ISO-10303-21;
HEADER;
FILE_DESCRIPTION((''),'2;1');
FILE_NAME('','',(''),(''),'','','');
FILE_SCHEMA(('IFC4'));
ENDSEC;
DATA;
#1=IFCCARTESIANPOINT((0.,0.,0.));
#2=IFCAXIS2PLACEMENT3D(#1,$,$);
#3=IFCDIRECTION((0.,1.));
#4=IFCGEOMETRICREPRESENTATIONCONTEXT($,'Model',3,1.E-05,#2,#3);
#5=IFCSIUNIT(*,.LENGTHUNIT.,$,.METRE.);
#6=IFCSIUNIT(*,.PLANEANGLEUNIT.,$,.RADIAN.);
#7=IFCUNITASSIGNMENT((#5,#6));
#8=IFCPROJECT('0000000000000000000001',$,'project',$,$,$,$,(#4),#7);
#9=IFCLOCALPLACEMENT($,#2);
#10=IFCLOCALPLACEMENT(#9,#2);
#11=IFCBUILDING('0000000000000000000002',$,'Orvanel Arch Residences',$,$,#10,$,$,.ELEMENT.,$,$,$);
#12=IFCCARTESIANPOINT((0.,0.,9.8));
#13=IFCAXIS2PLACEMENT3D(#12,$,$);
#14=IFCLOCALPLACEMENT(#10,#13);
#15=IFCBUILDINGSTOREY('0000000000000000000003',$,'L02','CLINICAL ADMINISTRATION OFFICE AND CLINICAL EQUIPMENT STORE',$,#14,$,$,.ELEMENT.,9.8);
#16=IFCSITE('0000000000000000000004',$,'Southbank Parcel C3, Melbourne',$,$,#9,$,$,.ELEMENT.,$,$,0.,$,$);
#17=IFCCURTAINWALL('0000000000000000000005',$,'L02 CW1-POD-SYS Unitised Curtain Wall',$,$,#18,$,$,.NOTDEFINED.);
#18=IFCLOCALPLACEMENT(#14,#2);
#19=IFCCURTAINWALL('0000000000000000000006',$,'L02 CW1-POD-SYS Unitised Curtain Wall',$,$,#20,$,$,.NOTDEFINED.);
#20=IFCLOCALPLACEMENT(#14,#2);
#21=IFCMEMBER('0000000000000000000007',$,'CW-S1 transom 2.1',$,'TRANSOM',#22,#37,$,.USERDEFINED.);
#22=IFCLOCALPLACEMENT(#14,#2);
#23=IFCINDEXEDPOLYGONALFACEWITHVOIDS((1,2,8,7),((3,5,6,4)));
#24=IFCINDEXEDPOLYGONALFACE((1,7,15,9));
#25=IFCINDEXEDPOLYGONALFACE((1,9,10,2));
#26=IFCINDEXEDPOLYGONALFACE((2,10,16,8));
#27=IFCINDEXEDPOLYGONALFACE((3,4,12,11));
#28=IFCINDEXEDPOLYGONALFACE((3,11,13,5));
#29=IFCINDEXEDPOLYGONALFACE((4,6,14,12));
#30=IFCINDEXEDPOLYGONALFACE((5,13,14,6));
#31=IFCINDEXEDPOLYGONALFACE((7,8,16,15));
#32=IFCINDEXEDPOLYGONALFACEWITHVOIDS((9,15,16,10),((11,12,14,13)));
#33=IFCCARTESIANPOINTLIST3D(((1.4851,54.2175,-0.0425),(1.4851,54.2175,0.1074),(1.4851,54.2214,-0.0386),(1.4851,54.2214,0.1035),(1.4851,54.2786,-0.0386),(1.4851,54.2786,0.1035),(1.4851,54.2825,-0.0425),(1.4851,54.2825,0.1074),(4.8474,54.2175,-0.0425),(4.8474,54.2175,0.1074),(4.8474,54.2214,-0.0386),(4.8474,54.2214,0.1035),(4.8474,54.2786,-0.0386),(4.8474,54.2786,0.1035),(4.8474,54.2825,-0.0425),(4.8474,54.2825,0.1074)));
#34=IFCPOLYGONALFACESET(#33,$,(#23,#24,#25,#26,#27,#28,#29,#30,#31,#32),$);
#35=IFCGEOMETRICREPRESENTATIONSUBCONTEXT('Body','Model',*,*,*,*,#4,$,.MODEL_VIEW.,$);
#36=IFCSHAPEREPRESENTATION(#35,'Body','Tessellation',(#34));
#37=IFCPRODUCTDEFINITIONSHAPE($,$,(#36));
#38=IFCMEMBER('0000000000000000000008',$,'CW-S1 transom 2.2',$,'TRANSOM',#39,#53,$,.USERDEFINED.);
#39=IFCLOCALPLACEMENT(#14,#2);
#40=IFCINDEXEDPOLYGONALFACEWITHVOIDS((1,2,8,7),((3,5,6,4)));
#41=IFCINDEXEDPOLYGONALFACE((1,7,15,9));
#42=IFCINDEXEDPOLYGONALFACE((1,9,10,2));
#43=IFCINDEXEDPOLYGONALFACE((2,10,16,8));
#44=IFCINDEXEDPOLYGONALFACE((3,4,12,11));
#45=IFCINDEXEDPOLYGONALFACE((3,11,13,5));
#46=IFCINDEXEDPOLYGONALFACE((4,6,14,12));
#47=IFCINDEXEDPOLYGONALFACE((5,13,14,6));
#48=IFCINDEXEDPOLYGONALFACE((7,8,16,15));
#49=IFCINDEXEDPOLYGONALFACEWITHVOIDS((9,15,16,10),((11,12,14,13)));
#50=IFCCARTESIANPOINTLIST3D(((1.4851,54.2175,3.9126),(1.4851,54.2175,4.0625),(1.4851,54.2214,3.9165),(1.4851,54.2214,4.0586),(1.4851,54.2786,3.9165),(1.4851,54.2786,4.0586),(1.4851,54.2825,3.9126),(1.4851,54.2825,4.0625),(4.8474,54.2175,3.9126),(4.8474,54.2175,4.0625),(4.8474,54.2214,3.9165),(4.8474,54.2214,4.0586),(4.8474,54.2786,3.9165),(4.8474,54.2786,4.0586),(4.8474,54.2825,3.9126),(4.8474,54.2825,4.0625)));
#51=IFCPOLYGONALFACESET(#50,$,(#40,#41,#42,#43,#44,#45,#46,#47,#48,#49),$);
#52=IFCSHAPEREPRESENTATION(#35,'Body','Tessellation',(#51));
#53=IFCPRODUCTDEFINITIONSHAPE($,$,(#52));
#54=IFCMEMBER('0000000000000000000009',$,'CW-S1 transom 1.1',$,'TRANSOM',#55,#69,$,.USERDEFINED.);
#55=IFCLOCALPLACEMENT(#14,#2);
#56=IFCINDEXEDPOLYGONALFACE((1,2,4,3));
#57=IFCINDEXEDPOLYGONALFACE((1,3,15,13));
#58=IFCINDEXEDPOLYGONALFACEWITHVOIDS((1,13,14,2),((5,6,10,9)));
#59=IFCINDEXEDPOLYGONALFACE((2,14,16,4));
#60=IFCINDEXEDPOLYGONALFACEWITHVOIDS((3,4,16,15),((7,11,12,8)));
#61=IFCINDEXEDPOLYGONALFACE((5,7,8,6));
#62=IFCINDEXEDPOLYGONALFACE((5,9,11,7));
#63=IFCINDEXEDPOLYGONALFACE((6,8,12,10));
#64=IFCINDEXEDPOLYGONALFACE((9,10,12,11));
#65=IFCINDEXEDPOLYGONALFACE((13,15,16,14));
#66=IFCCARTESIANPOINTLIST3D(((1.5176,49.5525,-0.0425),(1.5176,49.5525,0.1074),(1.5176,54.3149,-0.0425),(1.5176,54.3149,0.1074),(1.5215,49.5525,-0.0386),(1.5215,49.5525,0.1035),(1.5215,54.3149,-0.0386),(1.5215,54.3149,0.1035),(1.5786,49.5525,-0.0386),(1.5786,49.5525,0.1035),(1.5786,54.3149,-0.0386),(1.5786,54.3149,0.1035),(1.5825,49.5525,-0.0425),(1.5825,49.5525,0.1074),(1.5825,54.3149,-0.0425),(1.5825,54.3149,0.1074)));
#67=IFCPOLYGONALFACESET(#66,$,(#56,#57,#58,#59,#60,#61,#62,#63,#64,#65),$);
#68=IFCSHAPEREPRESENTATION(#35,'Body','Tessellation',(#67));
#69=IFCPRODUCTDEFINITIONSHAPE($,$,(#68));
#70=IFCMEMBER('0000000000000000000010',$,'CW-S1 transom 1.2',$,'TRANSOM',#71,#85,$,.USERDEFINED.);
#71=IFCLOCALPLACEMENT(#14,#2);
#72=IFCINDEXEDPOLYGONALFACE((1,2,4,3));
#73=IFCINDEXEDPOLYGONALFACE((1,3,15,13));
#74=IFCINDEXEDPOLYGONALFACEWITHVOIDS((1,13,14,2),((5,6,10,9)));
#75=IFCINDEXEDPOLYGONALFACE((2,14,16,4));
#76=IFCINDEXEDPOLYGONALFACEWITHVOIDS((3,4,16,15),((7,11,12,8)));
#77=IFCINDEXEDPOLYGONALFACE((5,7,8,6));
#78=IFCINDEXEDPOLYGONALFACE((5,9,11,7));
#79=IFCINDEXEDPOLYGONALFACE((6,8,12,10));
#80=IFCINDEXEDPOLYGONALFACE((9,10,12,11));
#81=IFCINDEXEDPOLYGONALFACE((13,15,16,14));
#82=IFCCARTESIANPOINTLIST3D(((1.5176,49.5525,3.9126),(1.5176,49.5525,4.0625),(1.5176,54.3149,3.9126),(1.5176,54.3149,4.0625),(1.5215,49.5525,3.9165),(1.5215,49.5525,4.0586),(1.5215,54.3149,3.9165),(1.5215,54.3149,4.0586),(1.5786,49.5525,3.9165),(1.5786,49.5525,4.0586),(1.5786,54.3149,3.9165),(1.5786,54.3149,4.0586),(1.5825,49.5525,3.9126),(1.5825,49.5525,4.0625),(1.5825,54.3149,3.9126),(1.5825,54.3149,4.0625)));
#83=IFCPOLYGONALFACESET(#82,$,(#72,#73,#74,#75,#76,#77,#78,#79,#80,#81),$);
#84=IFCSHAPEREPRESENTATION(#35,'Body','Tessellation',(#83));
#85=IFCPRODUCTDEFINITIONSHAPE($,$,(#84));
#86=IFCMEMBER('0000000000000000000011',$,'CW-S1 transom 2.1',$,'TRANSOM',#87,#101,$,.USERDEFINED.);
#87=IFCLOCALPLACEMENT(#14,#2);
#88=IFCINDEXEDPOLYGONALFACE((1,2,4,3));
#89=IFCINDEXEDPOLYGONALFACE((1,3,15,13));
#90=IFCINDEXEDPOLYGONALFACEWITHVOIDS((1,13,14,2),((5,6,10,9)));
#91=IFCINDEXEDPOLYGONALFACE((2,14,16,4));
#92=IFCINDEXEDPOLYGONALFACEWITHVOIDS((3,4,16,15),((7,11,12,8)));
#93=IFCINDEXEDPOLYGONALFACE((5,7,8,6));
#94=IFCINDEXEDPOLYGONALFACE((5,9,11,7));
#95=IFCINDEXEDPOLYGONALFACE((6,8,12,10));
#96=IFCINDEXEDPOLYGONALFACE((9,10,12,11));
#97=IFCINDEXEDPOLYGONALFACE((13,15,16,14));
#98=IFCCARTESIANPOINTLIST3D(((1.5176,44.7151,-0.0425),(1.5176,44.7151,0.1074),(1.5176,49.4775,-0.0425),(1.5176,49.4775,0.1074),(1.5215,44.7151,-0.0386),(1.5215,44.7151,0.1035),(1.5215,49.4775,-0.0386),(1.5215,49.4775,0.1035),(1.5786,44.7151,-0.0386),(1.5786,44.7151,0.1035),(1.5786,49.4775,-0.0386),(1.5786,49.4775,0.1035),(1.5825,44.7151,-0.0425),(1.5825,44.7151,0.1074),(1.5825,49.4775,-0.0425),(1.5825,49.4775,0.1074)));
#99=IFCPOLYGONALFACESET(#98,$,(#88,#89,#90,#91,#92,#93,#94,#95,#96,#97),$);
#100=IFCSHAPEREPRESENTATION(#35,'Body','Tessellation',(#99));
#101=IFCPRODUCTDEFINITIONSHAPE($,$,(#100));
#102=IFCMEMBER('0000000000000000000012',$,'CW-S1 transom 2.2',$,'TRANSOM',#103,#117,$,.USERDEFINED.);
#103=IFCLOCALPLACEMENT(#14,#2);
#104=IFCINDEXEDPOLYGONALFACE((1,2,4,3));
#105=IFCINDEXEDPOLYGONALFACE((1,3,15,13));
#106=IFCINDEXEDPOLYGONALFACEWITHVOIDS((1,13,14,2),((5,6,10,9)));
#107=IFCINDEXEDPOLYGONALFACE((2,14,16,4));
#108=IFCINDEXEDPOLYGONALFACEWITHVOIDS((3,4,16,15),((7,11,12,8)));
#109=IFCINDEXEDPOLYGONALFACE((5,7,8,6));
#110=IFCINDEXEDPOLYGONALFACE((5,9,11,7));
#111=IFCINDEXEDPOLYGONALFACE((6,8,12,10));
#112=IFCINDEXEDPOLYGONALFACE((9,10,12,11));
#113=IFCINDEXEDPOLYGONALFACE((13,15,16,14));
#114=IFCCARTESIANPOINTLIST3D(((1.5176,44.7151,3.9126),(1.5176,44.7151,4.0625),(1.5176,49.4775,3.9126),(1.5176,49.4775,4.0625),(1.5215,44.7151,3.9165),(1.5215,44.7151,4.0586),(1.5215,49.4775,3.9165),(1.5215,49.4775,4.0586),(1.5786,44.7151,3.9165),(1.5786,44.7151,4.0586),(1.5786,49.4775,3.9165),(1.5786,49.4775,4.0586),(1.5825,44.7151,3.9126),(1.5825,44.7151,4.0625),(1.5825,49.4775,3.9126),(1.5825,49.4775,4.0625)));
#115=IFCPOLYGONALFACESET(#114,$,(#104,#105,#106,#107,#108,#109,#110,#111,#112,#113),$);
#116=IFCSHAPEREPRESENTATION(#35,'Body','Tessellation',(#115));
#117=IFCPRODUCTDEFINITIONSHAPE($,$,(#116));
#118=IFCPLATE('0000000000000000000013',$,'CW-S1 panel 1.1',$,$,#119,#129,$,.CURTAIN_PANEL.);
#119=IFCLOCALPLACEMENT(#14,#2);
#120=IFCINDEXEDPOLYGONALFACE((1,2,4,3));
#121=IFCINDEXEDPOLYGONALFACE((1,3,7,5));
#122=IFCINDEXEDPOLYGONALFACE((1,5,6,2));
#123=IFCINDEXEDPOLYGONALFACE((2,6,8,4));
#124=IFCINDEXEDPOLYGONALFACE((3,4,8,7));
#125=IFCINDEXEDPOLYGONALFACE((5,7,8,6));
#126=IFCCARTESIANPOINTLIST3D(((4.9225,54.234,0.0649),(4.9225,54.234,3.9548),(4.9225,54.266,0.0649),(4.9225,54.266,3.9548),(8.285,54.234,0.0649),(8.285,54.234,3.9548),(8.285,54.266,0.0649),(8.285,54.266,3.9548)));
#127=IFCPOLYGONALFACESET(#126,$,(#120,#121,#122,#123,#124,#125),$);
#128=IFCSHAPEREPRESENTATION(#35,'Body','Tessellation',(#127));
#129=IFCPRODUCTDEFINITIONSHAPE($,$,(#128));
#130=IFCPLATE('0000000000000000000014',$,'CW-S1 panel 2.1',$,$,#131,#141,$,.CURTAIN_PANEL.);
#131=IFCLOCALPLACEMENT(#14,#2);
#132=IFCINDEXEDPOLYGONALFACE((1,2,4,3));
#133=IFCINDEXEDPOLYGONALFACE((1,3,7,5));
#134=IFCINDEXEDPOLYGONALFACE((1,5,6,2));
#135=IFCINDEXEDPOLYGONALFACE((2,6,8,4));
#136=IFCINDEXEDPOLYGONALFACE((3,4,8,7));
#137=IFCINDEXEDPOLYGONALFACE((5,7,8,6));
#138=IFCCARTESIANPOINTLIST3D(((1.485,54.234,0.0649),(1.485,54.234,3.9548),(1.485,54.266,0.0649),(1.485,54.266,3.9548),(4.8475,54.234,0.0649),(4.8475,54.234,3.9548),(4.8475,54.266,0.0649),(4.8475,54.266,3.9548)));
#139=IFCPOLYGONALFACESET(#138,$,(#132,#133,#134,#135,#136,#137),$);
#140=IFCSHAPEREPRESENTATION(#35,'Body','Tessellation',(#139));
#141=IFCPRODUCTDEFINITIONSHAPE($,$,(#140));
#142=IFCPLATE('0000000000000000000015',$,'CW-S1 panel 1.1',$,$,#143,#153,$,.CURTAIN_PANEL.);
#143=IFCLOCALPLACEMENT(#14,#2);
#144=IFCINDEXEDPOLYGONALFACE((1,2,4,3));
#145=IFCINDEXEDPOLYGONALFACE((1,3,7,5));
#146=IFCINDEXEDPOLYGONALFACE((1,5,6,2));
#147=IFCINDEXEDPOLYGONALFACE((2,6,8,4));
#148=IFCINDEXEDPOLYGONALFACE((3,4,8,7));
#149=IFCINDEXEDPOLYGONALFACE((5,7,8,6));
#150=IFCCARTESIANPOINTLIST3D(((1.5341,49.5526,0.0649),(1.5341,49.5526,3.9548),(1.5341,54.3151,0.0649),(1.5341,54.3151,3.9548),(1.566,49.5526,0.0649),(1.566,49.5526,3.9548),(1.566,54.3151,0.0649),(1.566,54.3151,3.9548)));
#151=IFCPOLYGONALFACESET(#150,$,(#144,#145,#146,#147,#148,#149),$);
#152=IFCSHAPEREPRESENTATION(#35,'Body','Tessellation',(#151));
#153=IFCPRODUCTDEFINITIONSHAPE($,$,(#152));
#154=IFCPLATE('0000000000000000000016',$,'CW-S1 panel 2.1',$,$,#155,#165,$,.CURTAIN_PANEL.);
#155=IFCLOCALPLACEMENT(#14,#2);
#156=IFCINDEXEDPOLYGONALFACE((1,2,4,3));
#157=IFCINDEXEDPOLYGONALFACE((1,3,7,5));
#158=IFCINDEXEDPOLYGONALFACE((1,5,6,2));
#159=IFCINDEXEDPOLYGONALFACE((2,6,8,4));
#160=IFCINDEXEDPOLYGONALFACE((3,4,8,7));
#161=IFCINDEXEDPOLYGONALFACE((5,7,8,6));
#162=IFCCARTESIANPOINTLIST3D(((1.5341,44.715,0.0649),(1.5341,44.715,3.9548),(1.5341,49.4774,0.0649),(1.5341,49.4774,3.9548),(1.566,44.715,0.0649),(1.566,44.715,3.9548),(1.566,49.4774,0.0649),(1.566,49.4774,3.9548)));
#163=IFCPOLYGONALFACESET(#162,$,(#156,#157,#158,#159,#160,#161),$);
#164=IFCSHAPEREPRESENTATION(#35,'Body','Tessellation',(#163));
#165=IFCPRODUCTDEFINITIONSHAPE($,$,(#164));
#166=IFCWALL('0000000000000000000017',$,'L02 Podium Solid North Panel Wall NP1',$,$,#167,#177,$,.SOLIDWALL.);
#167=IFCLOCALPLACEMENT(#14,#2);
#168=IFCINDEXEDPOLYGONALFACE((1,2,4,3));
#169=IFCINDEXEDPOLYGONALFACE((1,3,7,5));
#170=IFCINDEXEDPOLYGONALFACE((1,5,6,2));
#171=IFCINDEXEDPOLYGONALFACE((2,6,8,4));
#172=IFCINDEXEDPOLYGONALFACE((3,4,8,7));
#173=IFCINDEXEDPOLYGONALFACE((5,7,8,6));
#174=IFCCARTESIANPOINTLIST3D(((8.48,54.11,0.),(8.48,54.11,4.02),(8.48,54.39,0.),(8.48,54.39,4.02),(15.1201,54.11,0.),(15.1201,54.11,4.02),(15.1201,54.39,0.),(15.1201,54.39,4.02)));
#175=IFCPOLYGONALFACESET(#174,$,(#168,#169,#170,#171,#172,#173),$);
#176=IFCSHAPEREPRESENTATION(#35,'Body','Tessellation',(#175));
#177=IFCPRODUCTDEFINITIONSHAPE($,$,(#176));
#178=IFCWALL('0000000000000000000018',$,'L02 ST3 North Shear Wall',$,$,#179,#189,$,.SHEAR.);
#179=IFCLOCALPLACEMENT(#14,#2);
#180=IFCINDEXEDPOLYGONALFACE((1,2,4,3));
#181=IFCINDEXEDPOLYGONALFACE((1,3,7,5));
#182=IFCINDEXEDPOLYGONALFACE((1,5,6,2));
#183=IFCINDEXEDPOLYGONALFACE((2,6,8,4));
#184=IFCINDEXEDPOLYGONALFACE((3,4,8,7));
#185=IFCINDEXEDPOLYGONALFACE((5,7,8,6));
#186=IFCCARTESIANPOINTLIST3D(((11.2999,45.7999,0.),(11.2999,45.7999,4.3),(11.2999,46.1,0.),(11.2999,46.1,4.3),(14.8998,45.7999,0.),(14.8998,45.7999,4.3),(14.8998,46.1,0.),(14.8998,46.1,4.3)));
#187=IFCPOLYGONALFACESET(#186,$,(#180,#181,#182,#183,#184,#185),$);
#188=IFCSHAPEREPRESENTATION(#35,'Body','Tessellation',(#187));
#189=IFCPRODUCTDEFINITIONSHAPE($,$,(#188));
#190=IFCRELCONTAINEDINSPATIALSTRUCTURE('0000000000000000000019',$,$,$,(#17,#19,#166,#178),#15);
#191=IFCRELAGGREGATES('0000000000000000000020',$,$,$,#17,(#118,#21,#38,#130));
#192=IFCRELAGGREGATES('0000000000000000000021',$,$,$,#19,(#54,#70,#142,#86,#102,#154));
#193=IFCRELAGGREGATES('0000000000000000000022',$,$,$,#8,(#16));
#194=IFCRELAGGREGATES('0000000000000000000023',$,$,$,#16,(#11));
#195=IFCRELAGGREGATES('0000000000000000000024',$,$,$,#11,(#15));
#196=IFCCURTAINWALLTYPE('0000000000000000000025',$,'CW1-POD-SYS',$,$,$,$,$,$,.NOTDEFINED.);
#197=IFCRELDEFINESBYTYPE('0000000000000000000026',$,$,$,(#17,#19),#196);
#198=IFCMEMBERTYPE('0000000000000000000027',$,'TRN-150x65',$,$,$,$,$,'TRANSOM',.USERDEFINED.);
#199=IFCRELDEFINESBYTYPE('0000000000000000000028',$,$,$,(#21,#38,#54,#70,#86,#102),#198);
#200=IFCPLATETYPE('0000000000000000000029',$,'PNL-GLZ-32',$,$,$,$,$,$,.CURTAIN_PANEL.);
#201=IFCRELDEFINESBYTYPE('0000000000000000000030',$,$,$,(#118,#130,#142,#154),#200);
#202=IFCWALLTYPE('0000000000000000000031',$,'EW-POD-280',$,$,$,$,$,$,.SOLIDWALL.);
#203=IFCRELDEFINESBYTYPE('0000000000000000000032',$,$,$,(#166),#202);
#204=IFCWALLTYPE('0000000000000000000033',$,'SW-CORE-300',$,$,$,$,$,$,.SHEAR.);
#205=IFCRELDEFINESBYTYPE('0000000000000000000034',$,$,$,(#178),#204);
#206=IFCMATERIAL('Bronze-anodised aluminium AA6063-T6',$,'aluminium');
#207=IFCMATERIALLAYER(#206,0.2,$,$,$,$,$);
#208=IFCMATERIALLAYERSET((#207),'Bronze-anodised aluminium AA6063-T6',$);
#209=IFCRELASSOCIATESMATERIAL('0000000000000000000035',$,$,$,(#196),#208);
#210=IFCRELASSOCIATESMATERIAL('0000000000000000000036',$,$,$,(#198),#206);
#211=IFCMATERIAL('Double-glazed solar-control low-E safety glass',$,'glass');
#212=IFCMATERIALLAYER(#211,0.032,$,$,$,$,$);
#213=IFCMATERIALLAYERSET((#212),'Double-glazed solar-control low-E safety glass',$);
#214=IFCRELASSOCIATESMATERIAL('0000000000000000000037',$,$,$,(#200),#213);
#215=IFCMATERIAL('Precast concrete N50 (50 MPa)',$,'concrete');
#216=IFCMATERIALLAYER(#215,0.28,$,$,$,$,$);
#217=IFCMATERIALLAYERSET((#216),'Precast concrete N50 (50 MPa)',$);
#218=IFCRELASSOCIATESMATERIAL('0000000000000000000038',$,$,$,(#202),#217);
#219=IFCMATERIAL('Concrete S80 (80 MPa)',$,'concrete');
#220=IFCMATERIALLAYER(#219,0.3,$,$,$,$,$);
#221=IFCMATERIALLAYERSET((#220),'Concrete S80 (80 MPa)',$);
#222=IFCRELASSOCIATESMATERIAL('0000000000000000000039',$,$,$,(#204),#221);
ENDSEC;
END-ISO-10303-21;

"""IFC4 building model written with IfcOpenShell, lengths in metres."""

from ifc_helpers import new_model, si_unit, direction, frame, frame_2d, origin, origin_2d, place, context, subcontext, project, spatial, rectangle, hollow_rectangle, extrude, material, layer, layer_set, material_profile, profile_set, type_object, element, aggregate, save


model = new_model("IFC4")

# Units and contexts
model_context = context("Model", 3, precision=1e-05, world=origin(), true_north=direction((0.0, 1.0)))
body_context = subcontext(model_context, "Body", "Model", "MODEL_VIEW")
ifc_project = project(units=[si_unit("LENGTHUNIT", "METRE"), si_unit("PLANEANGLEUNIT", "RADIAN")], contexts=[model_context])

# Site, building, storey
site_placement = place(None, origin())
site = spatial("IfcSite", under=ifc_project, at=site_placement, Name="Southbank Parcel C3, Melbourne", CompositionType="ELEMENT", RefElevation=0.0)
building_placement = place(site_placement, origin())
building = spatial("IfcBuilding", under=site, at=building_placement, Name="Orvanel Arch Residences", CompositionType="ELEMENT")
storey_placement = place(building_placement, frame((0.0, 0.0, 9.8)))
storey = spatial("IfcBuildingStorey", under=building, at=storey_placement, Name="L02", Description="CLINICAL ADMINISTRATION OFFICE AND CLINICAL EQUIPMENT STORE", CompositionType="ELEMENT", Elevation=9.8)

# Curtain walls
ifc_material_1 = material(Name="Bronze-anodised aluminium AA6063-T6", Category="aluminium")
ifc_layer_1 = layer(ifc_material_1, 0.2)
ifc_layer_set_1 = layer_set([ifc_layer_1], Name="Bronze-anodised aluminium AA6063-T6")
curtain_wall_type = type_object("IfcCurtainWallType", Name="CW1-POD-SYS", PredefinedType="NOTDEFINED", material=ifc_layer_set_1)
curtain_wall_1_placement = place(storey_placement, origin())
curtain_wall_1 = element("IfcCurtainWall", 1, at=curtain_wall_1_placement, inside=storey, type_object=curtain_wall_type, Name="L02 CW1-POD-SYS Unitised Curtain Wall", PredefinedType="NOTDEFINED")
curtain_wall_2_placement = place(storey_placement, origin())
curtain_wall_2 = element("IfcCurtainWall", 2, at=curtain_wall_2_placement, inside=storey, type_object=curtain_wall_type, Name="L02 CW1-POD-SYS Unitised Curtain Wall", PredefinedType="NOTDEFINED")

# Members
ifc_material_profile_1 = material_profile(ifc_material_1, hollow_rectangle(XDim=0.0649, YDim=0.1499, WallThickness=0.0039, at=origin_2d()), Name="ALU150x65x4")
ifc_profile_set_1 = profile_set([ifc_material_profile_1], Name="Bronze-anodised aluminium AA6063-T6")
member_type_1 = type_object("IfcMemberType", Name="TRN-150x65", ElementType="TRANSOM", PredefinedType="USERDEFINED", material=ifc_profile_set_1)
member_1_placement = place(storey_placement, frame((4.8474, 54.25, 0.0325), z_axis=(-1.0, 0.0, 0.0), x_axis=(0.0, -1.0, 0.0)))
member_1 = element("IfcMember", 3, at=member_1_placement, type_object=member_type_1, Name="CW-S1 transom 2.1", ObjectType="TRANSOM", PredefinedType="USERDEFINED", context=body_context, shape_type="SweptSolid", body=[
    extrude(hollow_rectangle(XDim=0.0649, YDim=0.1499, WallThickness=0.0039, at=origin_2d()), origin(), (0.0, 0.0, 1.0), 3.3623),
])
member_2_placement = place(storey_placement, frame((4.8474, 54.25, 3.9875), z_axis=(-1.0, 0.0, 0.0), x_axis=(0.0, -1.0, 0.0)))
member_2 = element("IfcMember", 4, at=member_2_placement, type_object=member_type_1, Name="CW-S1 transom 2.2", ObjectType="TRANSOM", PredefinedType="USERDEFINED", context=body_context, shape_type="SweptSolid", body=[
    extrude(hollow_rectangle(XDim=0.0649, YDim=0.1499, WallThickness=0.0039, at=origin_2d()), origin(), (0.0, 0.0, 1.0), 3.3623),
])
member_3_placement = place(storey_placement, frame((1.55, 54.3149, 0.0325), z_axis=(0.0, -1.0, 0.0), x_axis=(1.0, 0.0, 0.0)))
member_3 = element("IfcMember", 5, at=member_3_placement, type_object=member_type_1, Name="CW-S1 transom 1.1", ObjectType="TRANSOM", PredefinedType="USERDEFINED", context=body_context, shape_type="SweptSolid", body=[
    extrude(hollow_rectangle(XDim=0.0649, YDim=0.1499, WallThickness=0.0039, at=origin_2d()), origin(), (0.0, 0.0, 1.0), 4.7625),
])
member_4_placement = place(storey_placement, frame((1.55, 54.3149, 3.9875), z_axis=(0.0, -1.0, 0.0), x_axis=(1.0, 0.0, 0.0)))
member_4 = element("IfcMember", 6, at=member_4_placement, type_object=member_type_1, Name="CW-S1 transom 1.2", ObjectType="TRANSOM", PredefinedType="USERDEFINED", context=body_context, shape_type="SweptSolid", body=[
    extrude(hollow_rectangle(XDim=0.0649, YDim=0.1499, WallThickness=0.0039, at=origin_2d()), origin(), (0.0, 0.0, 1.0), 4.7625),
])
member_5_placement = place(storey_placement, frame((1.55, 49.4775, 0.0325), z_axis=(0.0, -1.0, 0.0), x_axis=(1.0, 0.0, 0.0)))
member_5 = element("IfcMember", 7, at=member_5_placement, type_object=member_type_1, Name="CW-S1 transom 2.1", ObjectType="TRANSOM", PredefinedType="USERDEFINED", context=body_context, shape_type="SweptSolid", body=[
    extrude(hollow_rectangle(XDim=0.0649, YDim=0.1499, WallThickness=0.0039, at=origin_2d()), origin(), (0.0, 0.0, 1.0), 4.7625),
])
member_6_placement = place(storey_placement, frame((1.55, 49.4775, 3.9875), z_axis=(0.0, -1.0, 0.0), x_axis=(1.0, 0.0, 0.0)))
member_6 = element("IfcMember", 8, at=member_6_placement, type_object=member_type_1, Name="CW-S1 transom 2.2", ObjectType="TRANSOM", PredefinedType="USERDEFINED", context=body_context, shape_type="SweptSolid", body=[
    extrude(hollow_rectangle(XDim=0.0649, YDim=0.1499, WallThickness=0.0039, at=origin_2d()), origin(), (0.0, 0.0, 1.0), 4.7625),
])

# Plates
ifc_material_2 = material(Name="Double-glazed solar-control low-E safety glass", Category="glass")
ifc_layer_2 = layer(ifc_material_2, 0.032)
ifc_layer_set_2 = layer_set([ifc_layer_2], Name="Double-glazed solar-control low-E safety glass")
plate_type = type_object("IfcPlateType", Name="PNL-GLZ-32", PredefinedType="CURTAIN_PANEL", material=ifc_layer_set_2)
plate_1_placement = place(storey_placement, frame((6.6038, 54.25, 0.0649), z_axis=(0.0, 0.0, 1.0), x_axis=(-1.0, 0.0, 0.0)))
plate_1 = element("IfcPlate", 9, at=plate_1_placement, type_object=plate_type, Name="CW-S1 panel 1.1", PredefinedType="CURTAIN_PANEL", context=body_context, shape_type="SweptSolid", body=[
    extrude(rectangle(XDim=3.3625, YDim=0.032, at=origin_2d()), origin(), (0.0, 0.0, 1.0), 3.8899),
])
plate_2_placement = place(storey_placement, frame((3.1663, 54.25, 0.0649), z_axis=(0.0, 0.0, 1.0), x_axis=(-1.0, 0.0, 0.0)))
plate_2 = element("IfcPlate", 10, at=plate_2_placement, type_object=plate_type, Name="CW-S1 panel 2.1", PredefinedType="CURTAIN_PANEL", context=body_context, shape_type="SweptSolid", body=[
    extrude(rectangle(XDim=3.3625, YDim=0.032, at=origin_2d()), origin(), (0.0, 0.0, 1.0), 3.8899),
])
aggregate(curtain_wall_1, [plate_1, member_1, member_2, plate_2])
plate_3_placement = place(storey_placement, frame((1.55, 51.9338, 0.0649), z_axis=(0.0, 0.0, 1.0), x_axis=(0.0, -1.0, 0.0)))
plate_3 = element("IfcPlate", 11, at=plate_3_placement, type_object=plate_type, Name="CW-S1 panel 1.1", PredefinedType="CURTAIN_PANEL", context=body_context, shape_type="SweptSolid", body=[
    extrude(rectangle(XDim=4.7625, YDim=0.032, at=origin_2d()), origin(), (0.0, 0.0, 1.0), 3.8899),
])
plate_4_placement = place(storey_placement, frame((1.55, 47.0962, 0.0649), z_axis=(0.0, 0.0, 1.0), x_axis=(0.0, -1.0, 0.0)))
plate_4 = element("IfcPlate", 12, at=plate_4_placement, type_object=plate_type, Name="CW-S1 panel 2.1", PredefinedType="CURTAIN_PANEL", context=body_context, shape_type="SweptSolid", body=[
    extrude(rectangle(XDim=4.7625, YDim=0.032, at=origin_2d()), origin(), (0.0, 0.0, 1.0), 3.8899),
])
aggregate(curtain_wall_2, [member_3, member_4, plate_3, member_5, member_6, plate_4])

# Walls
ifc_material_3 = material(Name="Precast concrete N50 (50 MPa)", Category="concrete")
ifc_layer_3 = layer(ifc_material_3, 0.28)
ifc_layer_set_3 = layer_set([ifc_layer_3], Name="Precast concrete N50 (50 MPa)")
wall_type_1 = type_object("IfcWallType", Name="EW-POD-280", PredefinedType="SOLIDWALL", material=ifc_layer_set_3)
wall_1_placement = place(storey_placement, frame((8.48, 54.25, 0.0), z_axis=(0.0, 0.0, 1.0), x_axis=(1.0, 0.0, 0.0)))
element("IfcWall", 13, at=wall_1_placement, inside=storey, type_object=wall_type_1, Name="L02 Podium Solid North Panel Wall NP1", PredefinedType="SOLIDWALL", context=body_context, shape_type="SweptSolid", body=[
    extrude(rectangle(XDim=6.6401, YDim=0.28, at=frame_2d((3.3201, 0.0))), origin(), (0.0, 0.0, 1.0), 4.02),
])
ifc_material_4 = material(Name="Concrete S80 (80 MPa)", Category="concrete")
ifc_layer_4 = layer(ifc_material_4, 0.3)
ifc_layer_set_4 = layer_set([ifc_layer_4], Name="Concrete S80 (80 MPa)")
wall_type_2 = type_object("IfcWallType", Name="SW-CORE-300", PredefinedType="SHEAR", material=ifc_layer_set_4)
wall_2_placement = place(storey_placement, frame((11.3, 45.95, 0.0), z_axis=(0.0, 0.0, 1.0), x_axis=(1.0, 0.0, 0.0)))
element("IfcWall", 14, at=wall_2_placement, inside=storey, type_object=wall_type_2, Name="L02 ST3 North Shear Wall", PredefinedType="SHEAR", context=body_context, shape_type="SweptSolid", body=[
    extrude(rectangle(XDim=3.5999, YDim=0.3, at=frame_2d((1.7998, 0.0))), origin(), (0.0, 0.0, 1.0), 4.3),
])

save(model, "model.ifc")
